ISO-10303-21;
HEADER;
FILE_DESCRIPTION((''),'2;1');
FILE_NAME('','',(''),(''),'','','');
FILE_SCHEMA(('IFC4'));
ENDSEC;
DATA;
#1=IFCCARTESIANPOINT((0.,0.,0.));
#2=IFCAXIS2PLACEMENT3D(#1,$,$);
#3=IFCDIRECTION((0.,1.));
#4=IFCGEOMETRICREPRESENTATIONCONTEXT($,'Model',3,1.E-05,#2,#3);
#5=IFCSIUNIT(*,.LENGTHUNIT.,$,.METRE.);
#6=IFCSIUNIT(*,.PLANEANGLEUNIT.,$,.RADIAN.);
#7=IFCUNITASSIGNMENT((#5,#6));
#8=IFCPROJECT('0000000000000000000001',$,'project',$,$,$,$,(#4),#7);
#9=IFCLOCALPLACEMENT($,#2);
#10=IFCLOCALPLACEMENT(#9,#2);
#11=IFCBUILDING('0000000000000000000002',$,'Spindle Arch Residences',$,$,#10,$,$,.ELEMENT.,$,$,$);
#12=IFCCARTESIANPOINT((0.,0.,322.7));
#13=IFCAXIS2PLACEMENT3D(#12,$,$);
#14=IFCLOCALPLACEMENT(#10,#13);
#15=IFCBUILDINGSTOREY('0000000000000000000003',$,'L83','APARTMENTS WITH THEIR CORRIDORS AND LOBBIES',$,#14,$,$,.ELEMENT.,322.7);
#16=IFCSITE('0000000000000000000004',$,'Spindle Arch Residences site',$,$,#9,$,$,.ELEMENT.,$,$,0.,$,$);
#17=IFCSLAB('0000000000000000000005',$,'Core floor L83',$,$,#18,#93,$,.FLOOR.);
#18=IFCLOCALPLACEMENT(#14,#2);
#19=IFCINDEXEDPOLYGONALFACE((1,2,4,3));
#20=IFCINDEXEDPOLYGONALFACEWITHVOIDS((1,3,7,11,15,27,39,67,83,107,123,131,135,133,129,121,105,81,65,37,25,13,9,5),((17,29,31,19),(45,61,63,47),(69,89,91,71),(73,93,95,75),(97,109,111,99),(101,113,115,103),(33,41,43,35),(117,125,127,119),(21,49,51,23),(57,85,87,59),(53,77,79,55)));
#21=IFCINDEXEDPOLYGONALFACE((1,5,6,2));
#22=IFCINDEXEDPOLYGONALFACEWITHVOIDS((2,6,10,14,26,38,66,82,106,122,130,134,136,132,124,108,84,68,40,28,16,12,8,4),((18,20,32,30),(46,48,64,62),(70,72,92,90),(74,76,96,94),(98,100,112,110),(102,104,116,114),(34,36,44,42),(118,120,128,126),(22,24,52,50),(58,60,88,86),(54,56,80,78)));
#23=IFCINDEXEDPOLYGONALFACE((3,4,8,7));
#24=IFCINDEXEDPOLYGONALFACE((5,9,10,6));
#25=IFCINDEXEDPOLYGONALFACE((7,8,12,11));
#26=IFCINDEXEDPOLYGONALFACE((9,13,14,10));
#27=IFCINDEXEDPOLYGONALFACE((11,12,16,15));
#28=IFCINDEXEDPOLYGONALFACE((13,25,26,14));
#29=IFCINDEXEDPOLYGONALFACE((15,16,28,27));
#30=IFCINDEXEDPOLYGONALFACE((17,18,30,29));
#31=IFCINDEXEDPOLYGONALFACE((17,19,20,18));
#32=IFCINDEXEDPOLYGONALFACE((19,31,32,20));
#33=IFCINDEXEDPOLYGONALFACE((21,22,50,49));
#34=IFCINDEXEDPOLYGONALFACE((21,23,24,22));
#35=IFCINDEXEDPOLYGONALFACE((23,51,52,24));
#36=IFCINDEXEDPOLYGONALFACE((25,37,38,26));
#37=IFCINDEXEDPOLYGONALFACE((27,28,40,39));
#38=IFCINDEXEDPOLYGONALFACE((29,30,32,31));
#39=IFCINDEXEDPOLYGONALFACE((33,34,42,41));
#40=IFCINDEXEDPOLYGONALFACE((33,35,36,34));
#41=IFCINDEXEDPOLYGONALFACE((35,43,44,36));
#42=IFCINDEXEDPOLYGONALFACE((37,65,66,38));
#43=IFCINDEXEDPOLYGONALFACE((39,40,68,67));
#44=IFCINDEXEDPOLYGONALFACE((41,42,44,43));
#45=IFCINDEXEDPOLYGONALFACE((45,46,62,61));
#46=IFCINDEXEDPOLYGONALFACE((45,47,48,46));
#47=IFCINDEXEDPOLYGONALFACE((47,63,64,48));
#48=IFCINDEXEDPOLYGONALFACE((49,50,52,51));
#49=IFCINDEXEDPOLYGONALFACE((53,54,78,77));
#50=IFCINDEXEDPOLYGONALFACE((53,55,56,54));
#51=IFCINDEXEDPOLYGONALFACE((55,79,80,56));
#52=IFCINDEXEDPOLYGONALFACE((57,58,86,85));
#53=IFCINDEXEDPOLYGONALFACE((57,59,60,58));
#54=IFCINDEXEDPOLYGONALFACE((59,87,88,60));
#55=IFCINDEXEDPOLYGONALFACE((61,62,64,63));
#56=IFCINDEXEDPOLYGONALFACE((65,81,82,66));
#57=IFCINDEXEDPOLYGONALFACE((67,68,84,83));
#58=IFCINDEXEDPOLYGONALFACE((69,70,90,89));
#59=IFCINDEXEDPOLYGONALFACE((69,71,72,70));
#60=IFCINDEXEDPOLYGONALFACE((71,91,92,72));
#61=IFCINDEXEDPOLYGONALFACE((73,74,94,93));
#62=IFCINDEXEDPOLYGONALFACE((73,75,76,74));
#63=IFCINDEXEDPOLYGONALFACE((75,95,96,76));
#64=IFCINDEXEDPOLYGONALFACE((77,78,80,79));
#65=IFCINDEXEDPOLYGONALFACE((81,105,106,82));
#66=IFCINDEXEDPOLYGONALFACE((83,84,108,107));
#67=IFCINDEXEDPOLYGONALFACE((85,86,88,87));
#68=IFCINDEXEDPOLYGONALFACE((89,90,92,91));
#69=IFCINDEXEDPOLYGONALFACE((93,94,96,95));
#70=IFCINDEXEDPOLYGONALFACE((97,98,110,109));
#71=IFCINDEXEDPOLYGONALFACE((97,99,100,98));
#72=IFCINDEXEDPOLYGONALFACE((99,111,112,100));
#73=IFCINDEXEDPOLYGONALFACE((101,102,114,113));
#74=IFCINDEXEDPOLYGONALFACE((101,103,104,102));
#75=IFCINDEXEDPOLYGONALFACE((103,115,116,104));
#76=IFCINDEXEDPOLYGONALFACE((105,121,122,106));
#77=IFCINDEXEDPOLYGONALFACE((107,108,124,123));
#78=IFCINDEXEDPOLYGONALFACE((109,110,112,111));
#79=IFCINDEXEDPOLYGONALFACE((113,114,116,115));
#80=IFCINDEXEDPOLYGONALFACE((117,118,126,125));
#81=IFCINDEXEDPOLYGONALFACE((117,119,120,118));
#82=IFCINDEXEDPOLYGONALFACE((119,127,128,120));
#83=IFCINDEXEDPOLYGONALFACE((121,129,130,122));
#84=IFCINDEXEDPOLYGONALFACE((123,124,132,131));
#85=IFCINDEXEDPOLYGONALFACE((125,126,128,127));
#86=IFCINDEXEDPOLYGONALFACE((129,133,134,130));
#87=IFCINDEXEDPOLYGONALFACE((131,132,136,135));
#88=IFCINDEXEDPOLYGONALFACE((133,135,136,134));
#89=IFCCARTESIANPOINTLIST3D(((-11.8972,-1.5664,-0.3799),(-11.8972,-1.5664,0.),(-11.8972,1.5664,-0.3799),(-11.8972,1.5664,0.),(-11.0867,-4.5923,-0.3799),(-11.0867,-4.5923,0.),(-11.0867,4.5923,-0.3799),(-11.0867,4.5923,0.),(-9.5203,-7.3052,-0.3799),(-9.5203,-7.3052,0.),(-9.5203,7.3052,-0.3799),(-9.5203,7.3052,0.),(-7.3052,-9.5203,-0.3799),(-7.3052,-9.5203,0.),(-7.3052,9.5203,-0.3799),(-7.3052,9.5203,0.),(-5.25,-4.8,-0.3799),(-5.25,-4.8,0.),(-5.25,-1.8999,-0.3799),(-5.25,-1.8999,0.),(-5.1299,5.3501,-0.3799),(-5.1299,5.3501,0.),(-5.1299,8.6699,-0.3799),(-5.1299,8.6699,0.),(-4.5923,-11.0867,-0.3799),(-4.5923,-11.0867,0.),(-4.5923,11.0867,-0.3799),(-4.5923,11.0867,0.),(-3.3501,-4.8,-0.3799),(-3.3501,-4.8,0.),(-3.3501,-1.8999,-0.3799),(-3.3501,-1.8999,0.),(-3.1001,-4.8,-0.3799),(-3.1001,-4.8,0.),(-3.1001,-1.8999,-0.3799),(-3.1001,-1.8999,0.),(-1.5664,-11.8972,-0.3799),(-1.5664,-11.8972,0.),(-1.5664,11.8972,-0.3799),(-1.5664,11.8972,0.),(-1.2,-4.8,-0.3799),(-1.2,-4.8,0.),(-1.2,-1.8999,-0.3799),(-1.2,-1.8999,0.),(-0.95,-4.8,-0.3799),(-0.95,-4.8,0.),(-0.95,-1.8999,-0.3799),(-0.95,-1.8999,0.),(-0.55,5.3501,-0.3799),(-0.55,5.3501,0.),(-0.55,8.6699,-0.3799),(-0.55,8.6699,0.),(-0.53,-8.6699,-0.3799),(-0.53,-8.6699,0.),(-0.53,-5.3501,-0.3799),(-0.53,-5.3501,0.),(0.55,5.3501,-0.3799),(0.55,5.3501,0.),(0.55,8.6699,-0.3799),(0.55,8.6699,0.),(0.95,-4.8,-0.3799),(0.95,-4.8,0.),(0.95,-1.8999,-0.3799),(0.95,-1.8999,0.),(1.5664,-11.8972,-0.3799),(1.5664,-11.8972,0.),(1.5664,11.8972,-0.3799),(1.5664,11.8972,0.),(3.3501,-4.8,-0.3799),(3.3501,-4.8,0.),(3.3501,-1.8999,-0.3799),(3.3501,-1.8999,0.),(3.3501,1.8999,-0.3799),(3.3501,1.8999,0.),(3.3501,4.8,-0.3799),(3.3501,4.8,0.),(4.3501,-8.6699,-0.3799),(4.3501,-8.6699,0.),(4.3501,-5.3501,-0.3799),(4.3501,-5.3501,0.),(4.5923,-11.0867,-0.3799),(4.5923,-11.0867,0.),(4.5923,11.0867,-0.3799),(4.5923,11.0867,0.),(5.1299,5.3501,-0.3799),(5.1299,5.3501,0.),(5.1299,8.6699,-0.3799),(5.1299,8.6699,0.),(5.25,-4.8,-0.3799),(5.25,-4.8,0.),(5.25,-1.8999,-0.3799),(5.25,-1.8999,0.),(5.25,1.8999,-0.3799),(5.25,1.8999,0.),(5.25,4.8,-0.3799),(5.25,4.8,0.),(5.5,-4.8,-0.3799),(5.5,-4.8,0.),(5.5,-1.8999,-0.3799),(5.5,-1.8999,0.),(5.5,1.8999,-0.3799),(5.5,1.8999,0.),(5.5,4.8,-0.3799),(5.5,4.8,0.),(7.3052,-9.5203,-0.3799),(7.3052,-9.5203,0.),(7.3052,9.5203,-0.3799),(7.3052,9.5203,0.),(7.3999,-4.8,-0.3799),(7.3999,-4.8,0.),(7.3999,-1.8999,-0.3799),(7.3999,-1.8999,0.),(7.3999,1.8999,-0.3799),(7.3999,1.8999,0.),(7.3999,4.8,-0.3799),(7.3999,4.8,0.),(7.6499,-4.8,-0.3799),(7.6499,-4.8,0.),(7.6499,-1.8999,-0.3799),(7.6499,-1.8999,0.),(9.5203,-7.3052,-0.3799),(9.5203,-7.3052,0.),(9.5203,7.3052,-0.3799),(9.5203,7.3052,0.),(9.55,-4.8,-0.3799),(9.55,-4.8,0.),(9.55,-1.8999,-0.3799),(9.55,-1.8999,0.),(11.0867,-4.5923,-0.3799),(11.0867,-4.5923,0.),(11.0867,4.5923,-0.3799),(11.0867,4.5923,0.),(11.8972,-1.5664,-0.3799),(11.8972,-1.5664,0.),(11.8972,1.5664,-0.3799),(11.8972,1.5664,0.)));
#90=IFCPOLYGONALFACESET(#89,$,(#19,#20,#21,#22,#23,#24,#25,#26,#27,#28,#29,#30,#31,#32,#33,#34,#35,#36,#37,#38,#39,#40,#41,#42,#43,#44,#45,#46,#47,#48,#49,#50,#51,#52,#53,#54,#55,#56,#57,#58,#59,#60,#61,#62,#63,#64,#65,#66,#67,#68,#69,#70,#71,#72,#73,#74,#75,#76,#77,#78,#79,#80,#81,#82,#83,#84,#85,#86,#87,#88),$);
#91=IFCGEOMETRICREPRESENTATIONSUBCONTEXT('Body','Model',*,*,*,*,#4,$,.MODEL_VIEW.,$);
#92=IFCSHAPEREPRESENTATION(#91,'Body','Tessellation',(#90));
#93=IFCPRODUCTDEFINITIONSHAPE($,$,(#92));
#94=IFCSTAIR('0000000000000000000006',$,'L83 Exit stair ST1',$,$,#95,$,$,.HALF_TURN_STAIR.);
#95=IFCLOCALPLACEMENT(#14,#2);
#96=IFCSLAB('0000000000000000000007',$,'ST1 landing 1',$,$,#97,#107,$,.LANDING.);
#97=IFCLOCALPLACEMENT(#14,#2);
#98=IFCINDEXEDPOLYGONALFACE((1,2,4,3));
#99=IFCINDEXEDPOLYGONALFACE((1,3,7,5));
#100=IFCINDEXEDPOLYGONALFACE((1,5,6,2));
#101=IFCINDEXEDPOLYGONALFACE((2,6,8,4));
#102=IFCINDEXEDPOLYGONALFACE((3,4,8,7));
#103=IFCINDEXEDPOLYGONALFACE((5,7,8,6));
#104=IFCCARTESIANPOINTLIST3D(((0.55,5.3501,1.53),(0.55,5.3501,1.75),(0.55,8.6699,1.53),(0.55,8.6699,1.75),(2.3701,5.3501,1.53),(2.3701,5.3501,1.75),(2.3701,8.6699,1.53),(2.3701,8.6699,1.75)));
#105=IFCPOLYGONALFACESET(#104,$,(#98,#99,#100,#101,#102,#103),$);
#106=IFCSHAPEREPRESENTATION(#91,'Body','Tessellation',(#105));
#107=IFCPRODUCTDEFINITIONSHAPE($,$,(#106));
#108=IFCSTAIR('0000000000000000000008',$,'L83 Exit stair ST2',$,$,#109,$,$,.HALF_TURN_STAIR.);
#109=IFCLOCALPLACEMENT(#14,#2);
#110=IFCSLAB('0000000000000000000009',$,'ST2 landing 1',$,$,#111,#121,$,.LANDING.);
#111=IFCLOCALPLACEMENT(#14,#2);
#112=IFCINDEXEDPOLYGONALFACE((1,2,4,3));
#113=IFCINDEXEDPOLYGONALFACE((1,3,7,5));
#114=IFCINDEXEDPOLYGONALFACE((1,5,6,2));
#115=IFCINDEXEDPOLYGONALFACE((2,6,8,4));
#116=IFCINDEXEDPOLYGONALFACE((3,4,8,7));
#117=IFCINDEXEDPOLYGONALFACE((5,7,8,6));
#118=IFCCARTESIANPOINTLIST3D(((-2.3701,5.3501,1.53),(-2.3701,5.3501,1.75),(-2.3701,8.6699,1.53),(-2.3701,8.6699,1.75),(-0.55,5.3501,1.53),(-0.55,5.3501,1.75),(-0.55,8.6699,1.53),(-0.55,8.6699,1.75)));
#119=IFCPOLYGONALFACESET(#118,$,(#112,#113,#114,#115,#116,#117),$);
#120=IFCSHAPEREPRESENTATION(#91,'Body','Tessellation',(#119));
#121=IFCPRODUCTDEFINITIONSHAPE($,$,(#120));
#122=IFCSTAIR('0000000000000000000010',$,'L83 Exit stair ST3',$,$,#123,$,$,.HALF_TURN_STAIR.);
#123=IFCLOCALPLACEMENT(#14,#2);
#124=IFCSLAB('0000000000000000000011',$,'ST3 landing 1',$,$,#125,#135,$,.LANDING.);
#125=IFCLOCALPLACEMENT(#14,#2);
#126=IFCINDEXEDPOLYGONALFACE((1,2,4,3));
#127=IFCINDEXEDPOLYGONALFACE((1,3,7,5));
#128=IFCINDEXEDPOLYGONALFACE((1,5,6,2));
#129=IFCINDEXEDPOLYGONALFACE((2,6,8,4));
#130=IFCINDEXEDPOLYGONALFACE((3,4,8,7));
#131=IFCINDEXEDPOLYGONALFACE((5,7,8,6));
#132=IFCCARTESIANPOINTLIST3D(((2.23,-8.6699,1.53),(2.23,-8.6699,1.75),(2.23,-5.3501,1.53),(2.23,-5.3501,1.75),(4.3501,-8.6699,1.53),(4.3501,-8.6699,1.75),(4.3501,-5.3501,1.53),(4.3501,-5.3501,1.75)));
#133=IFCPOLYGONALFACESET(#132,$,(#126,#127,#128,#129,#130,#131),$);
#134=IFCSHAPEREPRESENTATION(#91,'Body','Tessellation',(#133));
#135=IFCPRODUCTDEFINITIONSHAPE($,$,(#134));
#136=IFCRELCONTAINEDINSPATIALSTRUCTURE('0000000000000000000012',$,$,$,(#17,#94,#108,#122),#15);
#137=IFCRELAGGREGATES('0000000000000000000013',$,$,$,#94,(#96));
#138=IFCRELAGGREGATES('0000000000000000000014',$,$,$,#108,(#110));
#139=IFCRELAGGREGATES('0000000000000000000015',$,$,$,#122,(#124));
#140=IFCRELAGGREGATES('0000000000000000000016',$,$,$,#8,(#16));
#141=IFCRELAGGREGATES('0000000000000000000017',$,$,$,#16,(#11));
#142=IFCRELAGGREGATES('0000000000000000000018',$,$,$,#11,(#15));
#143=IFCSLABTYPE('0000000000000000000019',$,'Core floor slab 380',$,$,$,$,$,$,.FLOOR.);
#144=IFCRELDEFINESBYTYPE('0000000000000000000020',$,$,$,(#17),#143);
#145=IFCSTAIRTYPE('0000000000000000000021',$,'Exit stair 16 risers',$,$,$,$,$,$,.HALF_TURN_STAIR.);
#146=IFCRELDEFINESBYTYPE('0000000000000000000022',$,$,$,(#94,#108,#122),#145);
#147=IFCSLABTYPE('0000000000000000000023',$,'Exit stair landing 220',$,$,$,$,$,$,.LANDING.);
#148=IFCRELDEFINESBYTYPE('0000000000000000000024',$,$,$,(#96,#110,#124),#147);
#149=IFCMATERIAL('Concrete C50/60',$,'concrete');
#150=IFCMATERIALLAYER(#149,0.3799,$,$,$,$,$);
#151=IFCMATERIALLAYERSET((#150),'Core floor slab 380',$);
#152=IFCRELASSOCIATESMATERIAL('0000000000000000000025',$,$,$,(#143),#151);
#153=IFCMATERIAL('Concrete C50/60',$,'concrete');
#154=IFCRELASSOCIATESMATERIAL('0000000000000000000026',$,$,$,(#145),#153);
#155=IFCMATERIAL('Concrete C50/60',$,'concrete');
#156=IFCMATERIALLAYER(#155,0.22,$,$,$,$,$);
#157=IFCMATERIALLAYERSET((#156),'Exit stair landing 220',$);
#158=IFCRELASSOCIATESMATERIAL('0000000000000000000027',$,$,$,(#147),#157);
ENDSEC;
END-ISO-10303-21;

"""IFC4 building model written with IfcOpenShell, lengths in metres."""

from ifc_helpers import new_model, si_unit, direction, frame, origin, place, context, subcontext, project, spatial, polyline, outline, extrude, material, layer, layer_set, type_object, element, aggregate, save


model = new_model("IFC4")

# Units and contexts
model_context = context("Model", 3, precision=1e-05, world=origin(), true_north=direction((0.0, 1.0)))
body_context = subcontext(model_context, "Body", "Model", "MODEL_VIEW")
ifc_project = project(units=[si_unit("LENGTHUNIT", "METRE"), si_unit("PLANEANGLEUNIT", "RADIAN")], contexts=[model_context])

# Site, building, storey
site_placement = place(None, origin())
site = spatial("IfcSite", under=ifc_project, at=site_placement, Name="Spindle Arch Residences site", CompositionType="ELEMENT", RefElevation=0.0)
building_placement = place(site_placement, origin())
building = spatial("IfcBuilding", under=site, at=building_placement, Name="Spindle Arch Residences", CompositionType="ELEMENT")
storey_placement = place(building_placement, frame((0.0, 0.0, 322.7)))
storey = spatial("IfcBuildingStorey", under=building, at=storey_placement, Name="L83", Description="APARTMENTS WITH THEIR CORRIDORS AND LOBBIES", CompositionType="ELEMENT", Elevation=322.7)

# Slab
ifc_material_1 = material(Name="Concrete C50/60", Category="concrete")
ifc_layer_1 = layer(ifc_material_1, 0.3799)
ifc_layer_set_1 = layer_set([ifc_layer_1], Name="Core floor slab 380")
slab_type_1 = type_object("IfcSlabType", Name="Core floor slab 380", PredefinedType="FLOOR", material=ifc_layer_set_1)
slab_1_placement = place(storey_placement, frame((0.0, 0.0, -0.3799)))
element("IfcSlab", 1, at=slab_1_placement, inside=storey, type_object=slab_type_1, Name="Core floor L83", PredefinedType="FLOOR", context=body_context, shape_type="SweptSolid", body=[
    extrude(outline(polyline([(1.5664, -11.8972), (4.5923, -11.0867), (7.3052, -9.5203), (9.5203, -7.3052), (11.0867, -4.5923), (11.8972, -1.5664), (11.8972, 1.5664), (11.0867, 4.5923), (9.5203, 7.3052), (7.3052, 9.5203), (4.5923, 11.0867), (1.5664, 11.8972), (-1.5664, 11.8972), (-4.5923, 11.0867), (-7.3052, 9.5203), (-9.5203, 7.3052), (-11.0867, 4.5923), (-11.8972, 1.5664), (-11.8972, -1.5664), (-11.0867, -4.5923), (-9.5203, -7.3052), (-7.3052, -9.5203), (-4.5923, -11.0867), (-1.5664, -11.8972), (1.5664, -11.8972)]), holes=[polyline([(3.3501, 1.8999), (5.25, 1.8999), (5.25, 4.8), (3.3501, 4.8), (3.3501, 1.8999)]), polyline([(5.5, 1.8999), (7.3999, 1.8999), (7.3999, 4.8), (5.5, 4.8), (5.5, 1.8999)]), polyline([(-5.25, -4.8), (-3.3501, -4.8), (-3.3501, -1.8999), (-5.25, -1.8999), (-5.25, -4.8)]), polyline([(-3.1001, -4.8), (-1.2, -4.8), (-1.2, -1.8999), (-3.1001, -1.8999), (-3.1001, -4.8)]), polyline([(-0.95, -4.8), (0.95, -4.8), (0.95, -1.8999), (-0.95, -1.8999), (-0.95, -4.8)]), polyline([(3.3501, -4.8), (5.25, -4.8), (5.25, -1.8999), (3.3501, -1.8999), (3.3501, -4.8)]), polyline([(5.5, -4.8), (7.3999, -4.8), (7.3999, -1.8999), (5.5, -1.8999), (5.5, -4.8)]), polyline([(7.6499, -4.8), (9.55, -4.8), (9.55, -1.8999), (7.6499, -1.8999), (7.6499, -4.8)]), polyline([(5.1299, 8.6699), (0.55, 8.6699), (0.55, 5.3501), (5.1299, 5.3501), (5.1299, 8.6699)]), polyline([(-5.1299, 5.3501), (-0.55, 5.3501), (-0.55, 8.6699), (-5.1299, 8.6699), (-5.1299, 5.3501)]), polyline([(-0.53, -8.6699), (4.3501, -8.6699), (4.3501, -5.3501), (-0.53, -5.3501), (-0.53, -8.6699)])]), origin(), (0.0, 0.0, 1.0), 0.3799),
])

# Stairs, slabs
ifc_material_2 = material(Name="Concrete C50/60", Category="concrete")
stair_type = type_object("IfcStairType", Name="Exit stair 16 risers", PredefinedType="HALF_TURN_STAIR", material=ifc_material_2)
stair_1_placement = place(storey_placement, origin())
stair_1 = element("IfcStair", 2, at=stair_1_placement, inside=storey, type_object=stair_type, Name="L83 Exit stair ST1", PredefinedType="HALF_TURN_STAIR")
ifc_material_3 = material(Name="Concrete C50/60", Category="concrete")
ifc_layer_2 = layer(ifc_material_3, 0.22)
ifc_layer_set_2 = layer_set([ifc_layer_2], Name="Exit stair landing 220")
slab_type_2 = type_object("IfcSlabType", Name="Exit stair landing 220", PredefinedType="LANDING", material=ifc_layer_set_2)
slab_2_placement = place(storey_placement, frame((0.0, 0.0, 1.53)))
slab_2 = element("IfcSlab", 3, at=slab_2_placement, type_object=slab_type_2, Name="ST1 landing 1", PredefinedType="LANDING", context=body_context, shape_type="SweptSolid", body=[
    extrude(outline(polyline([(2.3701, 8.6699), (0.55, 8.6699), (0.55, 5.3501), (2.3701, 5.3501), (2.3701, 8.6699)])), origin(), (0.0, 0.0, 1.0), 0.22),
])
aggregate(stair_1, [slab_2])
stair_2_placement = place(storey_placement, origin())
stair_2 = element("IfcStair", 4, at=stair_2_placement, inside=storey, type_object=stair_type, Name="L83 Exit stair ST2", PredefinedType="HALF_TURN_STAIR")
slab_3_placement = place(storey_placement, frame((0.0, 0.0, 1.53)))
slab_3 = element("IfcSlab", 5, at=slab_3_placement, type_object=slab_type_2, Name="ST2 landing 1", PredefinedType="LANDING", context=body_context, shape_type="SweptSolid", body=[
    extrude(outline(polyline([(-2.3701, 5.3501), (-0.55, 5.3501), (-0.55, 8.6699), (-2.3701, 8.6699), (-2.3701, 5.3501)])), origin(), (0.0, 0.0, 1.0), 0.22),
])
aggregate(stair_2, [slab_3])
stair_3_placement = place(storey_placement, origin())
stair_3 = element("IfcStair", 6, at=stair_3_placement, inside=storey, type_object=stair_type, Name="L83 Exit stair ST3", PredefinedType="HALF_TURN_STAIR")
slab_4_placement = place(storey_placement, frame((0.0, 0.0, 1.53)))
slab_4 = element("IfcSlab", 7, at=slab_4_placement, type_object=slab_type_2, Name="ST3 landing 1", PredefinedType="LANDING", context=body_context, shape_type="SweptSolid", body=[
    extrude(outline(polyline([(2.23, -8.6699), (4.3501, -8.6699), (4.3501, -5.3501), (2.23, -5.3501), (2.23, -8.6699)])), origin(), (0.0, 0.0, 1.0), 0.22),
])

aggregate(stair_3, [slab_4])

save(model, "model.ifc")
